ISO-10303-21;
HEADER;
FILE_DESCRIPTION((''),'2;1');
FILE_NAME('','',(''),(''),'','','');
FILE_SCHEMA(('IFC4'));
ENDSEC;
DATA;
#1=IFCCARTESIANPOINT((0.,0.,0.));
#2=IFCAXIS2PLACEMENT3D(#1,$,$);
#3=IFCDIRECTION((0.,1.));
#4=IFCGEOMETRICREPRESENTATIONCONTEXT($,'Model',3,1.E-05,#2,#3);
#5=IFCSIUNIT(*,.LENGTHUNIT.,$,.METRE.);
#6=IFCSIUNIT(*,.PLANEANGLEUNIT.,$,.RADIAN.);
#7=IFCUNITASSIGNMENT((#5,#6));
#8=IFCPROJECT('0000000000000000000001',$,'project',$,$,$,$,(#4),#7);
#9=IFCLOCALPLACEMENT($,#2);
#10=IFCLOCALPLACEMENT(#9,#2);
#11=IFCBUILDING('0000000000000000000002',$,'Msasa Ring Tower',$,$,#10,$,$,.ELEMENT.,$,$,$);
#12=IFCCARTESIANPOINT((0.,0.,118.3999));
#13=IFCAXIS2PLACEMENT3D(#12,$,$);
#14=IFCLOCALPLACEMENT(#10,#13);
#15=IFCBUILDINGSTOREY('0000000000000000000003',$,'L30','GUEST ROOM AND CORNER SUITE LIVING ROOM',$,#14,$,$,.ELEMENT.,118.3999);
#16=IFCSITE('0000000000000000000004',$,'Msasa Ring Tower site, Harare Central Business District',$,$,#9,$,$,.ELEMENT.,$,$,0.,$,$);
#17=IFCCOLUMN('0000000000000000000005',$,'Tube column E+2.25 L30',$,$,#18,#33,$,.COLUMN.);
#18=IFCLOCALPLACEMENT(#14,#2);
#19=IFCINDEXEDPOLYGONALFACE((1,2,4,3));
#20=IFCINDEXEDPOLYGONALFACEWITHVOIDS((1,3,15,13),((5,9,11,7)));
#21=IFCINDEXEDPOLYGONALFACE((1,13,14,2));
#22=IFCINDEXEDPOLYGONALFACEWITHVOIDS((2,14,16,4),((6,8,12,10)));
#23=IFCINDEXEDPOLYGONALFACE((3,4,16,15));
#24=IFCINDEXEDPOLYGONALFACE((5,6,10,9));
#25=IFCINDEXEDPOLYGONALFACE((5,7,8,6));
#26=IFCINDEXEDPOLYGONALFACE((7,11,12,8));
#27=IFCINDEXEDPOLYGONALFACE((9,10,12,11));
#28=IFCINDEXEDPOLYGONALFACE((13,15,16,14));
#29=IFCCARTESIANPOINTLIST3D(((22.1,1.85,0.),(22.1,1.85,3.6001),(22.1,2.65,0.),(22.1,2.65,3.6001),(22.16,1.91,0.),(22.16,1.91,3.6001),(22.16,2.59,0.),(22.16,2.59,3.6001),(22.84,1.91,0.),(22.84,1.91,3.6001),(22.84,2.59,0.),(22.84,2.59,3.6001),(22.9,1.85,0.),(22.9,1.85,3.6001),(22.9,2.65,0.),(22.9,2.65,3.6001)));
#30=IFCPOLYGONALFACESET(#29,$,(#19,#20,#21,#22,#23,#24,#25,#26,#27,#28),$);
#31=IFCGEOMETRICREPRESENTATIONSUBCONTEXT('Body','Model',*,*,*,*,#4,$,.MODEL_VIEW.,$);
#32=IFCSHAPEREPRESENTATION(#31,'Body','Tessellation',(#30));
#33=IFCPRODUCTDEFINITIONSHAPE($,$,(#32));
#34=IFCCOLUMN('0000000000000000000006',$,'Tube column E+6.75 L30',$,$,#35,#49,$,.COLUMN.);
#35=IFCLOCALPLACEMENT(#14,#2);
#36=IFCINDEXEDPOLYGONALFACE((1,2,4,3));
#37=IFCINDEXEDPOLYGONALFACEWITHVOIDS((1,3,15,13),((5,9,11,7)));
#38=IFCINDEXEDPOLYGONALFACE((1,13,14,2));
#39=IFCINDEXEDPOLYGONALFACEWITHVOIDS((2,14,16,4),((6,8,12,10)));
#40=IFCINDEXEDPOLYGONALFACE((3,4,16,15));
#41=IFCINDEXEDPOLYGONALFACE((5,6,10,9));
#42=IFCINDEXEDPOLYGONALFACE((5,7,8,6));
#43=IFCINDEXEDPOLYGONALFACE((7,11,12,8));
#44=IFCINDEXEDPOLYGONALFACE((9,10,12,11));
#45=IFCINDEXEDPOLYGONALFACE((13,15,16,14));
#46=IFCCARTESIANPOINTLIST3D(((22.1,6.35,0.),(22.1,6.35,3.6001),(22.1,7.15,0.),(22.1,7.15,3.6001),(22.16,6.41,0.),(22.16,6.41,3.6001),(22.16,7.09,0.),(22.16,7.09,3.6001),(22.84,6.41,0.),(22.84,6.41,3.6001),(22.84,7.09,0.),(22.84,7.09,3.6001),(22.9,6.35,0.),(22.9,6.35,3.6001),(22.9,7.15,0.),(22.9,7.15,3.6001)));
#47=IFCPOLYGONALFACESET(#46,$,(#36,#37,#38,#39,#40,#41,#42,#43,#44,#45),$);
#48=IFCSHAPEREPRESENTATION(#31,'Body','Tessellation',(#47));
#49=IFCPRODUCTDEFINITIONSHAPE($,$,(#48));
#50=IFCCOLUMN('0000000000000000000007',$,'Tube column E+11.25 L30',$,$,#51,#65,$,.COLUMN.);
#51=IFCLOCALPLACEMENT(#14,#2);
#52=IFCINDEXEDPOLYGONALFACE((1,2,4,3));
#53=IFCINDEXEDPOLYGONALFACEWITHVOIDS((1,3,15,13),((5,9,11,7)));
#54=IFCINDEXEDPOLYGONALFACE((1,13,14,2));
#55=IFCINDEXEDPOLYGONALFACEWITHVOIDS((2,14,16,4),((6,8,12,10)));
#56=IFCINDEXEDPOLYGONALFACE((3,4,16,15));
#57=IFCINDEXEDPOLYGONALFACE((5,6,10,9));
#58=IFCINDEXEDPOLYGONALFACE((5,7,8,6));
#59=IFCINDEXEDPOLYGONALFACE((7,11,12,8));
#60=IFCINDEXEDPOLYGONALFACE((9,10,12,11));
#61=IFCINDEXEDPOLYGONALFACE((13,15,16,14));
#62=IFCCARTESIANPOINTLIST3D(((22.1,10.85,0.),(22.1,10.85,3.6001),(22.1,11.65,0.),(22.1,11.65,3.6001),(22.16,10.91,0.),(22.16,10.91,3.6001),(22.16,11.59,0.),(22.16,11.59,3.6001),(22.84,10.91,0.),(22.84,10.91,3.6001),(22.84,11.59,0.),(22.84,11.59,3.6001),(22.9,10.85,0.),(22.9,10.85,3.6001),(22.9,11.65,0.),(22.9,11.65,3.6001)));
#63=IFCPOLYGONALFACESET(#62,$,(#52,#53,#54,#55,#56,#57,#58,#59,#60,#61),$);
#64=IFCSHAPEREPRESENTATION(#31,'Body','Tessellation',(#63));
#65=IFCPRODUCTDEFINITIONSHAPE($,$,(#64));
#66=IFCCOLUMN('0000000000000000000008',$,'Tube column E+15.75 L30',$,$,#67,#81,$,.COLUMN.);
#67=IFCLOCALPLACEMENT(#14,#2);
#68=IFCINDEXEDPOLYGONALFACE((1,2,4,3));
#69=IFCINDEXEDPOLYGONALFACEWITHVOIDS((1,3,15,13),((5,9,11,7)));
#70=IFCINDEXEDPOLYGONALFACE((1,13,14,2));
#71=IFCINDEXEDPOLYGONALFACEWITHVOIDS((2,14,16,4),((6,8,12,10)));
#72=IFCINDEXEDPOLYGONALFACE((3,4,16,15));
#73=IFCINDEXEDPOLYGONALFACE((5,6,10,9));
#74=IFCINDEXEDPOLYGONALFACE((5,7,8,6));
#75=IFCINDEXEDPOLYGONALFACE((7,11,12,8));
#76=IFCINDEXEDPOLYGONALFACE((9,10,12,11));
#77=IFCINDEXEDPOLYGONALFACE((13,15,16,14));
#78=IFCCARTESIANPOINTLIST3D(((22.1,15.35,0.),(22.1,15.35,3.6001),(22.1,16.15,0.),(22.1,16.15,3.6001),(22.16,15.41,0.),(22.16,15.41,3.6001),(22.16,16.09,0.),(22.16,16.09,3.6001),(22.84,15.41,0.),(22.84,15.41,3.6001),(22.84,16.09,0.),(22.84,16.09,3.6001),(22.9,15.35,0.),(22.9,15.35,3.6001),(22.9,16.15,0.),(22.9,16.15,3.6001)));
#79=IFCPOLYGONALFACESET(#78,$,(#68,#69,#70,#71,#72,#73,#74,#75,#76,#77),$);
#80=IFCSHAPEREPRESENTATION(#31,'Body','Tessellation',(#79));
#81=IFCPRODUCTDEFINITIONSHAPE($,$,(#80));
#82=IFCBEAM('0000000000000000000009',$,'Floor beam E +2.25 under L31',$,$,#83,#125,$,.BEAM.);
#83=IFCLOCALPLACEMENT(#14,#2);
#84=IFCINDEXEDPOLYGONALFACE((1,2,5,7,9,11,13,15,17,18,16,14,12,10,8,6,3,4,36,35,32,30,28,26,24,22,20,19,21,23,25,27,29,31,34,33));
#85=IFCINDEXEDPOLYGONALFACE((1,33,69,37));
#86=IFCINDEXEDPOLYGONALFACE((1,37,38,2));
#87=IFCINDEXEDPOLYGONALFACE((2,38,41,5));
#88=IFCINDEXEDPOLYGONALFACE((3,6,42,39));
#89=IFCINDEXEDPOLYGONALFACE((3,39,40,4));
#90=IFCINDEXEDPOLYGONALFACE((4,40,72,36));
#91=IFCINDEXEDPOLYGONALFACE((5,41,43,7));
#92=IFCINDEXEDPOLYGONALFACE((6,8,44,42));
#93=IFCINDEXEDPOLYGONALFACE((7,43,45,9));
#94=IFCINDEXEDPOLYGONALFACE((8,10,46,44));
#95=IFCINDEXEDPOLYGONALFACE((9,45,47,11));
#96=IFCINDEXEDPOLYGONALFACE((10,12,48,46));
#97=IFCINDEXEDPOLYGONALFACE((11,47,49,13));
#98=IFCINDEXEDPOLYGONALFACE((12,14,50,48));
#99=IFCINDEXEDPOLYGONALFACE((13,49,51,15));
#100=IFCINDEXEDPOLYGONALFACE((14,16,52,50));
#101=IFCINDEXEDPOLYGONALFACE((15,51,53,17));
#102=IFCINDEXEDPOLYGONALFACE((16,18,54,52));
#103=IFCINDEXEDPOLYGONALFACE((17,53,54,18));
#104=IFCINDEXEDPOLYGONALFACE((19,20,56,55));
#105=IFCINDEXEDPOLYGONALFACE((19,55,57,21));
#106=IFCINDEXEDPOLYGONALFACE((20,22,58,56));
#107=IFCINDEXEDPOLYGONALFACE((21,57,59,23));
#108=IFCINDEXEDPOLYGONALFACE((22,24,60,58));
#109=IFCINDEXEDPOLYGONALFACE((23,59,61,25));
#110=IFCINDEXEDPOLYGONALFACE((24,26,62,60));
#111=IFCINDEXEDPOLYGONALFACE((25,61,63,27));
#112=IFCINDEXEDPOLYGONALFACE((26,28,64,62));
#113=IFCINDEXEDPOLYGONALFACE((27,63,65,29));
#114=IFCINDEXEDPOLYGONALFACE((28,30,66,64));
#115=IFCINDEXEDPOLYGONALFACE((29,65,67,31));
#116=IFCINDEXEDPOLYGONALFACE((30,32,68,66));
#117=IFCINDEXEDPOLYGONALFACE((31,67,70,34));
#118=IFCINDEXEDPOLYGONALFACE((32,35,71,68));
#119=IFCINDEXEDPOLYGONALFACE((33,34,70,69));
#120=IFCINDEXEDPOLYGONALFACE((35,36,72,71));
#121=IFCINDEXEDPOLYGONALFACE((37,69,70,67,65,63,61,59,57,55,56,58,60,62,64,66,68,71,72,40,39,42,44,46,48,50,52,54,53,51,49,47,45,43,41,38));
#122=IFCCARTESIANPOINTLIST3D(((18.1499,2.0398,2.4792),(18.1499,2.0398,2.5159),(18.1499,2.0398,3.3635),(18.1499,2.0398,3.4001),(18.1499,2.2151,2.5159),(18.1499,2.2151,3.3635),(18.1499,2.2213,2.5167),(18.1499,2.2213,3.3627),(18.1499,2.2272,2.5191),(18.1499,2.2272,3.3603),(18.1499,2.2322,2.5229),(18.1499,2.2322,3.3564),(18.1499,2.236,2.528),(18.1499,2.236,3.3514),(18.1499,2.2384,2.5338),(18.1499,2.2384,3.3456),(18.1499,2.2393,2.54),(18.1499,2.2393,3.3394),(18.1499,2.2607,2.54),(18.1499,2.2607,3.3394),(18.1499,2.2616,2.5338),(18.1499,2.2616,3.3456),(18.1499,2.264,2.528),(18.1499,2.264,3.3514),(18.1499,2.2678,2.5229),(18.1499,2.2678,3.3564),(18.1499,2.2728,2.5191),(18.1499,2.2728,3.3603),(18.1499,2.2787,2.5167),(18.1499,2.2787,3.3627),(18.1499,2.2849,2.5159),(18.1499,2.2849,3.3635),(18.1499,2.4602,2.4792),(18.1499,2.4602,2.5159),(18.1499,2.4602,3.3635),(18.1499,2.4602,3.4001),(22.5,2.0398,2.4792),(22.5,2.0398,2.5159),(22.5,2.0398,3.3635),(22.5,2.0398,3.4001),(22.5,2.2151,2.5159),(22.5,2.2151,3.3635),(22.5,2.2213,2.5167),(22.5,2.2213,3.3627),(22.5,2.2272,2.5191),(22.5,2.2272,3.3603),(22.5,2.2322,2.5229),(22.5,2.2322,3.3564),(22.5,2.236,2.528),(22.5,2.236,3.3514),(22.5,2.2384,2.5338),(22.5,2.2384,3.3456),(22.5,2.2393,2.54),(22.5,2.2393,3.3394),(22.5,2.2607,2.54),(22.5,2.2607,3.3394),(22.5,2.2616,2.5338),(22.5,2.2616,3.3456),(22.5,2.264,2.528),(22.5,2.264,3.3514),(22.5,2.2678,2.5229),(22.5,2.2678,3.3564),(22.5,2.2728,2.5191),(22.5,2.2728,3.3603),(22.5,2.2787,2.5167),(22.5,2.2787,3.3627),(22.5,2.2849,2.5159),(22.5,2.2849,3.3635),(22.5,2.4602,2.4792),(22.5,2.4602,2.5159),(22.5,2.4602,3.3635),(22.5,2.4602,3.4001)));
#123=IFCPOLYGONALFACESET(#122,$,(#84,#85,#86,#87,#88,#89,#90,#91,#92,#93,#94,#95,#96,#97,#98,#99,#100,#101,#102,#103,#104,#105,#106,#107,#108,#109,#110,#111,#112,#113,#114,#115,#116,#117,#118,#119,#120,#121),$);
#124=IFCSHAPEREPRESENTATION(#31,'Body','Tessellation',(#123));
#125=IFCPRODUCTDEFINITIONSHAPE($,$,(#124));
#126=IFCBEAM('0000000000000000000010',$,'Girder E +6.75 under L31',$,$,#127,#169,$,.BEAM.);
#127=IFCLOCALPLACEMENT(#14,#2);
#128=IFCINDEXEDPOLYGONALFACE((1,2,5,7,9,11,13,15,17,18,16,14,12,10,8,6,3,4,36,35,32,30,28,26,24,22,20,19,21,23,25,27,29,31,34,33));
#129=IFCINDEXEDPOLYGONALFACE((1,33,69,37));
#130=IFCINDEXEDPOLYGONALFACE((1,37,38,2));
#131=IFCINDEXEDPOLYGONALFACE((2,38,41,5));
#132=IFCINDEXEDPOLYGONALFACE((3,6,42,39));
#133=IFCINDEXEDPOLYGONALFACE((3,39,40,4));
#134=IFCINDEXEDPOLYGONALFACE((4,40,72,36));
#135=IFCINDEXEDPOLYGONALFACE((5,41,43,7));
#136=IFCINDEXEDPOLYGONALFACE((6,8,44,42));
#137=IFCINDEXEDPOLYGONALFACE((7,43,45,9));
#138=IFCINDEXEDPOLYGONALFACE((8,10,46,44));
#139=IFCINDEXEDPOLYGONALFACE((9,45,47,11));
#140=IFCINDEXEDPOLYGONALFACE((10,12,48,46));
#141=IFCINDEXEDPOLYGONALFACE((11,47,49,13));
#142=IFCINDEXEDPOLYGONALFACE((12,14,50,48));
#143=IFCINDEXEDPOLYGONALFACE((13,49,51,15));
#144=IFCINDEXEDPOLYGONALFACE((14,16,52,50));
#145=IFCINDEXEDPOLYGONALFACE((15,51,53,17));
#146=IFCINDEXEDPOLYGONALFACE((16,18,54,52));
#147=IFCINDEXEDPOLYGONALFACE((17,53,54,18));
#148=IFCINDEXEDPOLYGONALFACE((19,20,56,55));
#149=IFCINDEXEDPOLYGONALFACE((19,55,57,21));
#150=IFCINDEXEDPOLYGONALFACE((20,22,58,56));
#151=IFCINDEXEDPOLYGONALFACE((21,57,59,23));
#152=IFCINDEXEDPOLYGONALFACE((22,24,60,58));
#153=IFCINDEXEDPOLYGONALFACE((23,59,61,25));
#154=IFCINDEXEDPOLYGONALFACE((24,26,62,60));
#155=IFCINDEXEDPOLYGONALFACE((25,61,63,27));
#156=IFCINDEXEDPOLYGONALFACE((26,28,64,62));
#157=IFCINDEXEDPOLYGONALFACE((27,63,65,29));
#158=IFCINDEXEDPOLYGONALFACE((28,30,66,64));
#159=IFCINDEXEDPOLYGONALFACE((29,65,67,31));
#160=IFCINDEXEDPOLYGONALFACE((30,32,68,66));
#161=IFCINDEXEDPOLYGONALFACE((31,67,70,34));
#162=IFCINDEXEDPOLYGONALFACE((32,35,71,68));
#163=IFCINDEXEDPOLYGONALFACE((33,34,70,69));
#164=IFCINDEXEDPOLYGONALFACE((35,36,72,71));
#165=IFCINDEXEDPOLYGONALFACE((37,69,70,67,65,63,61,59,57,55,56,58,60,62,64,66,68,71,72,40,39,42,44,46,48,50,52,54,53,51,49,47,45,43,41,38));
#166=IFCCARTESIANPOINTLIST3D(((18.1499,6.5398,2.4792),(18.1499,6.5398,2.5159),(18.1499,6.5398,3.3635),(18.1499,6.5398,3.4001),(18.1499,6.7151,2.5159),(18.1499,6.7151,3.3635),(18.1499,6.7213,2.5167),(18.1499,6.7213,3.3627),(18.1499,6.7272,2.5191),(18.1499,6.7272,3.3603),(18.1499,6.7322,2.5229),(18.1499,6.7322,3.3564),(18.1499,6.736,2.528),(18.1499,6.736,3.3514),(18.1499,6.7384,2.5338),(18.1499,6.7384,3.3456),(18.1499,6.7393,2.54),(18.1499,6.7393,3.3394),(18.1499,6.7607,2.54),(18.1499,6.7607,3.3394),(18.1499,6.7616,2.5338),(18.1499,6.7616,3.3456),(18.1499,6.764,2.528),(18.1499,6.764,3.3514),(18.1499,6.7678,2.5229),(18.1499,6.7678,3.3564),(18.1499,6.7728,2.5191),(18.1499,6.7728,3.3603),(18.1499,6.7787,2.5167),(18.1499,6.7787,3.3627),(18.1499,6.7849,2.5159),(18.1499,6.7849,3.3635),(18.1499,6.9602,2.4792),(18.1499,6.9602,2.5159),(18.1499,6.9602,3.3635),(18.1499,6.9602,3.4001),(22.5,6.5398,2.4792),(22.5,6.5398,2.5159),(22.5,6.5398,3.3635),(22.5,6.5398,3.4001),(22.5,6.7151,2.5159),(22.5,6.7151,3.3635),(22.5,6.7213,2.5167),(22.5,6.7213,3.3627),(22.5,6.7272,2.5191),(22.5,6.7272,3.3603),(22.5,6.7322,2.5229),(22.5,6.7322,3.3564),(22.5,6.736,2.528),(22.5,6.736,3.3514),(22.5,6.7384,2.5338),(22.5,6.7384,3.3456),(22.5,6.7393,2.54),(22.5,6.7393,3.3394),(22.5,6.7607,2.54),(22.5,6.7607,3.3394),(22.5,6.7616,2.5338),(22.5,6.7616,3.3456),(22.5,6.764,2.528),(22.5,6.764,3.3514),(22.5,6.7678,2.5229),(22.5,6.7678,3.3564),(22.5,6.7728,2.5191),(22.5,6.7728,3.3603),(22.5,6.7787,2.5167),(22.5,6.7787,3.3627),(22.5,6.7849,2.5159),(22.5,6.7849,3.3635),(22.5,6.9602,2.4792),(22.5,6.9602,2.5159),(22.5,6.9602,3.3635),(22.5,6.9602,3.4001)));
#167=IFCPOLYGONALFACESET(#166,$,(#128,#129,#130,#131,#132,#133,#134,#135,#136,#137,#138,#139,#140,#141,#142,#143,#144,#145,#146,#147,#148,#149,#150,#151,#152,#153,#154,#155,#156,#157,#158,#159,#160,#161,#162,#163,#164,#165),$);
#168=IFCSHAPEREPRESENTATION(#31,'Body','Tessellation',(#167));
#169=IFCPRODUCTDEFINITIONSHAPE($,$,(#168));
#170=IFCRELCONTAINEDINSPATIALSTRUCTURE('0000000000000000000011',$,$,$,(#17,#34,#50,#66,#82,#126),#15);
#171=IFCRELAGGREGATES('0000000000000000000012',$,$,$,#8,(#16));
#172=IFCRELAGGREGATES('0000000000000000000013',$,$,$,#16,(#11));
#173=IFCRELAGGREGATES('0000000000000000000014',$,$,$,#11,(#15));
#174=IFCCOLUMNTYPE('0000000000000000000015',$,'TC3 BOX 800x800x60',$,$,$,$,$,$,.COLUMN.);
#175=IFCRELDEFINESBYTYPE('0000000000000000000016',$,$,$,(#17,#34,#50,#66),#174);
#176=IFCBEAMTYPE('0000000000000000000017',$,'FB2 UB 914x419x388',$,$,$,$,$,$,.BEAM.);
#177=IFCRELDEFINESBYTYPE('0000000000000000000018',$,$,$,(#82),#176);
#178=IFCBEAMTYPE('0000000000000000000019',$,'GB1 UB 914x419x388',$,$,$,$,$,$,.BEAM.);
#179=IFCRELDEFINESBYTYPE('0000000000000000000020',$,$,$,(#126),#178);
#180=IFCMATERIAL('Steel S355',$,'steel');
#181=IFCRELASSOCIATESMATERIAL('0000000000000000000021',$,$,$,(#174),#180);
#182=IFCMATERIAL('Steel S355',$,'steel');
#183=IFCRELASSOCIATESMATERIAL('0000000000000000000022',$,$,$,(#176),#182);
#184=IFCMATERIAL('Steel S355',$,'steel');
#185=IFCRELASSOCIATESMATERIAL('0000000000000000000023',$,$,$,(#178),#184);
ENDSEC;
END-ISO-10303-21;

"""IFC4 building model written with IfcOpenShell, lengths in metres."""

from ifc_helpers import new_model, si_unit, direction, frame, origin, origin_2d, place, context, subcontext, project, spatial, hollow_rectangle, i_section, extrude, material, material_profile, profile_set, type_object, element, save


model = new_model("IFC4")

# Units and contexts
model_context = context("Model", 3, precision=1e-05, world=origin(), true_north=direction((0.0, 1.0)))
body_context = subcontext(model_context, "Body", "Model", "MODEL_VIEW")
ifc_project = project(units=[si_unit("LENGTHUNIT", "METRE"), si_unit("PLANEANGLEUNIT", "RADIAN")], contexts=[model_context])

# Site, building, storey
site_placement = place(None, origin())
site = spatial("IfcSite", under=ifc_project, at=site_placement, Name="Msasa Ring Tower site, Harare Central Business District", CompositionType="ELEMENT", RefElevation=0.0)
building_placement = place(site_placement, origin())
building = spatial("IfcBuilding", under=site, at=building_placement, Name="Msasa Ring Tower", CompositionType="ELEMENT")
storey_placement = place(building_placement, frame((0.0, 0.0, 118.3999)))
storey = spatial("IfcBuildingStorey", under=building, at=storey_placement, Name="L30", Description="GUEST ROOM AND CORNER SUITE LIVING ROOM", CompositionType="ELEMENT", Elevation=118.3999)

# Columns
ifc_material_1 = material(Name="Steel S355", Category="steel")
ifc_material_profile_1 = material_profile(ifc_material_1, hollow_rectangle(XDim=0.8, YDim=0.8, WallThickness=0.0601, at=origin_2d()), Name="BOX 800x800x60")
ifc_profile_set_1 = profile_set([ifc_material_profile_1], Name="Steel S355")
column_type = type_object("IfcColumnType", Name="TC3 BOX 800x800x60", PredefinedType="COLUMN", material=ifc_profile_set_1)
for number, where, z_axis, x_axis, name in (
    (1, (22.5, 2.25, 0.0), (0.0, 0.0, 1.0), (1.0, 0.0, 0.0), "Tube column E+2.25 L30"),
    (2, (22.5, 6.75, 0.0), (0.0, 0.0, 1.0), (1.0, 0.0, 0.0), "Tube column E+6.75 L30"),
    (3, (22.5, 11.25, 0.0), (0.0, 0.0, 1.0), (1.0, 0.0, 0.0), "Tube column E+11.25 L30"),
    (4, (22.5, 15.75, 0.0), (0.0, 0.0, 1.0), (1.0, 0.0, 0.0), "Tube column E+15.75 L30"),
):
    element("IfcColumn", number, at=place(storey_placement, frame(where, z_axis=z_axis, x_axis=x_axis)), inside=storey, type_object=column_type, Name=name, PredefinedType="COLUMN", context=body_context, shape_type="SweptSolid", body=[
        extrude(hollow_rectangle(XDim=0.8, YDim=0.8, WallThickness=0.0601, at=origin_2d()), origin(), (0.0, 0.0, 1.0), 3.6001),
    ])

# Beams
ifc_material_2 = material(Name="Steel S355", Category="steel")
ifc_material_profile_2 = material_profile(ifc_material_2, i_section(OverallWidth=0.4204, OverallDepth=0.9209, WebThickness=0.0215, FlangeThickness=0.0366, FilletRadius=0.0242, at=origin_2d()), Name="UB 914x419x388")
ifc_profile_set_2 = profile_set([ifc_material_profile_2], Name="Steel S355")
beam_type_1 = type_object("IfcBeamType", Name="FB2 UB 914x419x388", PredefinedType="BEAM", material=ifc_profile_set_2)
beam_1_placement = place(storey_placement, frame((22.5, 2.25, 2.9397), z_axis=(-1.0, 0.0, 0.0), x_axis=(0.0, -1.0, 0.0)))
element("IfcBeam", 5, at=beam_1_placement, inside=storey, type_object=beam_type_1, Name="Floor beam E +2.25 under L31", PredefinedType="BEAM", context=body_context, shape_type="SweptSolid", body=[
    extrude(i_section(OverallWidth=0.4204, OverallDepth=0.9209, WebThickness=0.0215, FlangeThickness=0.0366, FilletRadius=0.0242, at=origin_2d()), origin(), (0.0, 0.0, 1.0), 4.3501),
])
ifc_material_3 = material(Name="Steel S355", Category="steel")
ifc_material_profile_3 = material_profile(ifc_material_3, i_section(OverallWidth=0.4204, OverallDepth=0.9209, WebThickness=0.0215, FlangeThickness=0.0366, FilletRadius=0.0242, at=origin_2d()), Name="UB 914x419x388")
ifc_profile_set_3 = profile_set([ifc_material_profile_3], Name="Steel S355")
beam_type_2 = type_object("IfcBeamType", Name="GB1 UB 914x419x388", PredefinedType="BEAM", material=ifc_profile_set_3)
beam_2_placement = place(storey_placement, frame((18.1499, 6.75, 2.9397), z_axis=(1.0, 0.0, 0.0), x_axis=(0.0, 1.0, 0.0)))
element("IfcBeam", 6, at=beam_2_placement, inside=storey, type_object=beam_type_2, Name="Girder E +6.75 under L31", PredefinedType="BEAM", context=body_context, shape_type="SweptSolid", body=[
    extrude(i_section(OverallWidth=0.4204, OverallDepth=0.9209, WebThickness=0.0215, FlangeThickness=0.0366, FilletRadius=0.0242, at=origin_2d()), origin(), (0.0, 0.0, 1.0), 4.3501),
])

save(model, "model.ifc")
